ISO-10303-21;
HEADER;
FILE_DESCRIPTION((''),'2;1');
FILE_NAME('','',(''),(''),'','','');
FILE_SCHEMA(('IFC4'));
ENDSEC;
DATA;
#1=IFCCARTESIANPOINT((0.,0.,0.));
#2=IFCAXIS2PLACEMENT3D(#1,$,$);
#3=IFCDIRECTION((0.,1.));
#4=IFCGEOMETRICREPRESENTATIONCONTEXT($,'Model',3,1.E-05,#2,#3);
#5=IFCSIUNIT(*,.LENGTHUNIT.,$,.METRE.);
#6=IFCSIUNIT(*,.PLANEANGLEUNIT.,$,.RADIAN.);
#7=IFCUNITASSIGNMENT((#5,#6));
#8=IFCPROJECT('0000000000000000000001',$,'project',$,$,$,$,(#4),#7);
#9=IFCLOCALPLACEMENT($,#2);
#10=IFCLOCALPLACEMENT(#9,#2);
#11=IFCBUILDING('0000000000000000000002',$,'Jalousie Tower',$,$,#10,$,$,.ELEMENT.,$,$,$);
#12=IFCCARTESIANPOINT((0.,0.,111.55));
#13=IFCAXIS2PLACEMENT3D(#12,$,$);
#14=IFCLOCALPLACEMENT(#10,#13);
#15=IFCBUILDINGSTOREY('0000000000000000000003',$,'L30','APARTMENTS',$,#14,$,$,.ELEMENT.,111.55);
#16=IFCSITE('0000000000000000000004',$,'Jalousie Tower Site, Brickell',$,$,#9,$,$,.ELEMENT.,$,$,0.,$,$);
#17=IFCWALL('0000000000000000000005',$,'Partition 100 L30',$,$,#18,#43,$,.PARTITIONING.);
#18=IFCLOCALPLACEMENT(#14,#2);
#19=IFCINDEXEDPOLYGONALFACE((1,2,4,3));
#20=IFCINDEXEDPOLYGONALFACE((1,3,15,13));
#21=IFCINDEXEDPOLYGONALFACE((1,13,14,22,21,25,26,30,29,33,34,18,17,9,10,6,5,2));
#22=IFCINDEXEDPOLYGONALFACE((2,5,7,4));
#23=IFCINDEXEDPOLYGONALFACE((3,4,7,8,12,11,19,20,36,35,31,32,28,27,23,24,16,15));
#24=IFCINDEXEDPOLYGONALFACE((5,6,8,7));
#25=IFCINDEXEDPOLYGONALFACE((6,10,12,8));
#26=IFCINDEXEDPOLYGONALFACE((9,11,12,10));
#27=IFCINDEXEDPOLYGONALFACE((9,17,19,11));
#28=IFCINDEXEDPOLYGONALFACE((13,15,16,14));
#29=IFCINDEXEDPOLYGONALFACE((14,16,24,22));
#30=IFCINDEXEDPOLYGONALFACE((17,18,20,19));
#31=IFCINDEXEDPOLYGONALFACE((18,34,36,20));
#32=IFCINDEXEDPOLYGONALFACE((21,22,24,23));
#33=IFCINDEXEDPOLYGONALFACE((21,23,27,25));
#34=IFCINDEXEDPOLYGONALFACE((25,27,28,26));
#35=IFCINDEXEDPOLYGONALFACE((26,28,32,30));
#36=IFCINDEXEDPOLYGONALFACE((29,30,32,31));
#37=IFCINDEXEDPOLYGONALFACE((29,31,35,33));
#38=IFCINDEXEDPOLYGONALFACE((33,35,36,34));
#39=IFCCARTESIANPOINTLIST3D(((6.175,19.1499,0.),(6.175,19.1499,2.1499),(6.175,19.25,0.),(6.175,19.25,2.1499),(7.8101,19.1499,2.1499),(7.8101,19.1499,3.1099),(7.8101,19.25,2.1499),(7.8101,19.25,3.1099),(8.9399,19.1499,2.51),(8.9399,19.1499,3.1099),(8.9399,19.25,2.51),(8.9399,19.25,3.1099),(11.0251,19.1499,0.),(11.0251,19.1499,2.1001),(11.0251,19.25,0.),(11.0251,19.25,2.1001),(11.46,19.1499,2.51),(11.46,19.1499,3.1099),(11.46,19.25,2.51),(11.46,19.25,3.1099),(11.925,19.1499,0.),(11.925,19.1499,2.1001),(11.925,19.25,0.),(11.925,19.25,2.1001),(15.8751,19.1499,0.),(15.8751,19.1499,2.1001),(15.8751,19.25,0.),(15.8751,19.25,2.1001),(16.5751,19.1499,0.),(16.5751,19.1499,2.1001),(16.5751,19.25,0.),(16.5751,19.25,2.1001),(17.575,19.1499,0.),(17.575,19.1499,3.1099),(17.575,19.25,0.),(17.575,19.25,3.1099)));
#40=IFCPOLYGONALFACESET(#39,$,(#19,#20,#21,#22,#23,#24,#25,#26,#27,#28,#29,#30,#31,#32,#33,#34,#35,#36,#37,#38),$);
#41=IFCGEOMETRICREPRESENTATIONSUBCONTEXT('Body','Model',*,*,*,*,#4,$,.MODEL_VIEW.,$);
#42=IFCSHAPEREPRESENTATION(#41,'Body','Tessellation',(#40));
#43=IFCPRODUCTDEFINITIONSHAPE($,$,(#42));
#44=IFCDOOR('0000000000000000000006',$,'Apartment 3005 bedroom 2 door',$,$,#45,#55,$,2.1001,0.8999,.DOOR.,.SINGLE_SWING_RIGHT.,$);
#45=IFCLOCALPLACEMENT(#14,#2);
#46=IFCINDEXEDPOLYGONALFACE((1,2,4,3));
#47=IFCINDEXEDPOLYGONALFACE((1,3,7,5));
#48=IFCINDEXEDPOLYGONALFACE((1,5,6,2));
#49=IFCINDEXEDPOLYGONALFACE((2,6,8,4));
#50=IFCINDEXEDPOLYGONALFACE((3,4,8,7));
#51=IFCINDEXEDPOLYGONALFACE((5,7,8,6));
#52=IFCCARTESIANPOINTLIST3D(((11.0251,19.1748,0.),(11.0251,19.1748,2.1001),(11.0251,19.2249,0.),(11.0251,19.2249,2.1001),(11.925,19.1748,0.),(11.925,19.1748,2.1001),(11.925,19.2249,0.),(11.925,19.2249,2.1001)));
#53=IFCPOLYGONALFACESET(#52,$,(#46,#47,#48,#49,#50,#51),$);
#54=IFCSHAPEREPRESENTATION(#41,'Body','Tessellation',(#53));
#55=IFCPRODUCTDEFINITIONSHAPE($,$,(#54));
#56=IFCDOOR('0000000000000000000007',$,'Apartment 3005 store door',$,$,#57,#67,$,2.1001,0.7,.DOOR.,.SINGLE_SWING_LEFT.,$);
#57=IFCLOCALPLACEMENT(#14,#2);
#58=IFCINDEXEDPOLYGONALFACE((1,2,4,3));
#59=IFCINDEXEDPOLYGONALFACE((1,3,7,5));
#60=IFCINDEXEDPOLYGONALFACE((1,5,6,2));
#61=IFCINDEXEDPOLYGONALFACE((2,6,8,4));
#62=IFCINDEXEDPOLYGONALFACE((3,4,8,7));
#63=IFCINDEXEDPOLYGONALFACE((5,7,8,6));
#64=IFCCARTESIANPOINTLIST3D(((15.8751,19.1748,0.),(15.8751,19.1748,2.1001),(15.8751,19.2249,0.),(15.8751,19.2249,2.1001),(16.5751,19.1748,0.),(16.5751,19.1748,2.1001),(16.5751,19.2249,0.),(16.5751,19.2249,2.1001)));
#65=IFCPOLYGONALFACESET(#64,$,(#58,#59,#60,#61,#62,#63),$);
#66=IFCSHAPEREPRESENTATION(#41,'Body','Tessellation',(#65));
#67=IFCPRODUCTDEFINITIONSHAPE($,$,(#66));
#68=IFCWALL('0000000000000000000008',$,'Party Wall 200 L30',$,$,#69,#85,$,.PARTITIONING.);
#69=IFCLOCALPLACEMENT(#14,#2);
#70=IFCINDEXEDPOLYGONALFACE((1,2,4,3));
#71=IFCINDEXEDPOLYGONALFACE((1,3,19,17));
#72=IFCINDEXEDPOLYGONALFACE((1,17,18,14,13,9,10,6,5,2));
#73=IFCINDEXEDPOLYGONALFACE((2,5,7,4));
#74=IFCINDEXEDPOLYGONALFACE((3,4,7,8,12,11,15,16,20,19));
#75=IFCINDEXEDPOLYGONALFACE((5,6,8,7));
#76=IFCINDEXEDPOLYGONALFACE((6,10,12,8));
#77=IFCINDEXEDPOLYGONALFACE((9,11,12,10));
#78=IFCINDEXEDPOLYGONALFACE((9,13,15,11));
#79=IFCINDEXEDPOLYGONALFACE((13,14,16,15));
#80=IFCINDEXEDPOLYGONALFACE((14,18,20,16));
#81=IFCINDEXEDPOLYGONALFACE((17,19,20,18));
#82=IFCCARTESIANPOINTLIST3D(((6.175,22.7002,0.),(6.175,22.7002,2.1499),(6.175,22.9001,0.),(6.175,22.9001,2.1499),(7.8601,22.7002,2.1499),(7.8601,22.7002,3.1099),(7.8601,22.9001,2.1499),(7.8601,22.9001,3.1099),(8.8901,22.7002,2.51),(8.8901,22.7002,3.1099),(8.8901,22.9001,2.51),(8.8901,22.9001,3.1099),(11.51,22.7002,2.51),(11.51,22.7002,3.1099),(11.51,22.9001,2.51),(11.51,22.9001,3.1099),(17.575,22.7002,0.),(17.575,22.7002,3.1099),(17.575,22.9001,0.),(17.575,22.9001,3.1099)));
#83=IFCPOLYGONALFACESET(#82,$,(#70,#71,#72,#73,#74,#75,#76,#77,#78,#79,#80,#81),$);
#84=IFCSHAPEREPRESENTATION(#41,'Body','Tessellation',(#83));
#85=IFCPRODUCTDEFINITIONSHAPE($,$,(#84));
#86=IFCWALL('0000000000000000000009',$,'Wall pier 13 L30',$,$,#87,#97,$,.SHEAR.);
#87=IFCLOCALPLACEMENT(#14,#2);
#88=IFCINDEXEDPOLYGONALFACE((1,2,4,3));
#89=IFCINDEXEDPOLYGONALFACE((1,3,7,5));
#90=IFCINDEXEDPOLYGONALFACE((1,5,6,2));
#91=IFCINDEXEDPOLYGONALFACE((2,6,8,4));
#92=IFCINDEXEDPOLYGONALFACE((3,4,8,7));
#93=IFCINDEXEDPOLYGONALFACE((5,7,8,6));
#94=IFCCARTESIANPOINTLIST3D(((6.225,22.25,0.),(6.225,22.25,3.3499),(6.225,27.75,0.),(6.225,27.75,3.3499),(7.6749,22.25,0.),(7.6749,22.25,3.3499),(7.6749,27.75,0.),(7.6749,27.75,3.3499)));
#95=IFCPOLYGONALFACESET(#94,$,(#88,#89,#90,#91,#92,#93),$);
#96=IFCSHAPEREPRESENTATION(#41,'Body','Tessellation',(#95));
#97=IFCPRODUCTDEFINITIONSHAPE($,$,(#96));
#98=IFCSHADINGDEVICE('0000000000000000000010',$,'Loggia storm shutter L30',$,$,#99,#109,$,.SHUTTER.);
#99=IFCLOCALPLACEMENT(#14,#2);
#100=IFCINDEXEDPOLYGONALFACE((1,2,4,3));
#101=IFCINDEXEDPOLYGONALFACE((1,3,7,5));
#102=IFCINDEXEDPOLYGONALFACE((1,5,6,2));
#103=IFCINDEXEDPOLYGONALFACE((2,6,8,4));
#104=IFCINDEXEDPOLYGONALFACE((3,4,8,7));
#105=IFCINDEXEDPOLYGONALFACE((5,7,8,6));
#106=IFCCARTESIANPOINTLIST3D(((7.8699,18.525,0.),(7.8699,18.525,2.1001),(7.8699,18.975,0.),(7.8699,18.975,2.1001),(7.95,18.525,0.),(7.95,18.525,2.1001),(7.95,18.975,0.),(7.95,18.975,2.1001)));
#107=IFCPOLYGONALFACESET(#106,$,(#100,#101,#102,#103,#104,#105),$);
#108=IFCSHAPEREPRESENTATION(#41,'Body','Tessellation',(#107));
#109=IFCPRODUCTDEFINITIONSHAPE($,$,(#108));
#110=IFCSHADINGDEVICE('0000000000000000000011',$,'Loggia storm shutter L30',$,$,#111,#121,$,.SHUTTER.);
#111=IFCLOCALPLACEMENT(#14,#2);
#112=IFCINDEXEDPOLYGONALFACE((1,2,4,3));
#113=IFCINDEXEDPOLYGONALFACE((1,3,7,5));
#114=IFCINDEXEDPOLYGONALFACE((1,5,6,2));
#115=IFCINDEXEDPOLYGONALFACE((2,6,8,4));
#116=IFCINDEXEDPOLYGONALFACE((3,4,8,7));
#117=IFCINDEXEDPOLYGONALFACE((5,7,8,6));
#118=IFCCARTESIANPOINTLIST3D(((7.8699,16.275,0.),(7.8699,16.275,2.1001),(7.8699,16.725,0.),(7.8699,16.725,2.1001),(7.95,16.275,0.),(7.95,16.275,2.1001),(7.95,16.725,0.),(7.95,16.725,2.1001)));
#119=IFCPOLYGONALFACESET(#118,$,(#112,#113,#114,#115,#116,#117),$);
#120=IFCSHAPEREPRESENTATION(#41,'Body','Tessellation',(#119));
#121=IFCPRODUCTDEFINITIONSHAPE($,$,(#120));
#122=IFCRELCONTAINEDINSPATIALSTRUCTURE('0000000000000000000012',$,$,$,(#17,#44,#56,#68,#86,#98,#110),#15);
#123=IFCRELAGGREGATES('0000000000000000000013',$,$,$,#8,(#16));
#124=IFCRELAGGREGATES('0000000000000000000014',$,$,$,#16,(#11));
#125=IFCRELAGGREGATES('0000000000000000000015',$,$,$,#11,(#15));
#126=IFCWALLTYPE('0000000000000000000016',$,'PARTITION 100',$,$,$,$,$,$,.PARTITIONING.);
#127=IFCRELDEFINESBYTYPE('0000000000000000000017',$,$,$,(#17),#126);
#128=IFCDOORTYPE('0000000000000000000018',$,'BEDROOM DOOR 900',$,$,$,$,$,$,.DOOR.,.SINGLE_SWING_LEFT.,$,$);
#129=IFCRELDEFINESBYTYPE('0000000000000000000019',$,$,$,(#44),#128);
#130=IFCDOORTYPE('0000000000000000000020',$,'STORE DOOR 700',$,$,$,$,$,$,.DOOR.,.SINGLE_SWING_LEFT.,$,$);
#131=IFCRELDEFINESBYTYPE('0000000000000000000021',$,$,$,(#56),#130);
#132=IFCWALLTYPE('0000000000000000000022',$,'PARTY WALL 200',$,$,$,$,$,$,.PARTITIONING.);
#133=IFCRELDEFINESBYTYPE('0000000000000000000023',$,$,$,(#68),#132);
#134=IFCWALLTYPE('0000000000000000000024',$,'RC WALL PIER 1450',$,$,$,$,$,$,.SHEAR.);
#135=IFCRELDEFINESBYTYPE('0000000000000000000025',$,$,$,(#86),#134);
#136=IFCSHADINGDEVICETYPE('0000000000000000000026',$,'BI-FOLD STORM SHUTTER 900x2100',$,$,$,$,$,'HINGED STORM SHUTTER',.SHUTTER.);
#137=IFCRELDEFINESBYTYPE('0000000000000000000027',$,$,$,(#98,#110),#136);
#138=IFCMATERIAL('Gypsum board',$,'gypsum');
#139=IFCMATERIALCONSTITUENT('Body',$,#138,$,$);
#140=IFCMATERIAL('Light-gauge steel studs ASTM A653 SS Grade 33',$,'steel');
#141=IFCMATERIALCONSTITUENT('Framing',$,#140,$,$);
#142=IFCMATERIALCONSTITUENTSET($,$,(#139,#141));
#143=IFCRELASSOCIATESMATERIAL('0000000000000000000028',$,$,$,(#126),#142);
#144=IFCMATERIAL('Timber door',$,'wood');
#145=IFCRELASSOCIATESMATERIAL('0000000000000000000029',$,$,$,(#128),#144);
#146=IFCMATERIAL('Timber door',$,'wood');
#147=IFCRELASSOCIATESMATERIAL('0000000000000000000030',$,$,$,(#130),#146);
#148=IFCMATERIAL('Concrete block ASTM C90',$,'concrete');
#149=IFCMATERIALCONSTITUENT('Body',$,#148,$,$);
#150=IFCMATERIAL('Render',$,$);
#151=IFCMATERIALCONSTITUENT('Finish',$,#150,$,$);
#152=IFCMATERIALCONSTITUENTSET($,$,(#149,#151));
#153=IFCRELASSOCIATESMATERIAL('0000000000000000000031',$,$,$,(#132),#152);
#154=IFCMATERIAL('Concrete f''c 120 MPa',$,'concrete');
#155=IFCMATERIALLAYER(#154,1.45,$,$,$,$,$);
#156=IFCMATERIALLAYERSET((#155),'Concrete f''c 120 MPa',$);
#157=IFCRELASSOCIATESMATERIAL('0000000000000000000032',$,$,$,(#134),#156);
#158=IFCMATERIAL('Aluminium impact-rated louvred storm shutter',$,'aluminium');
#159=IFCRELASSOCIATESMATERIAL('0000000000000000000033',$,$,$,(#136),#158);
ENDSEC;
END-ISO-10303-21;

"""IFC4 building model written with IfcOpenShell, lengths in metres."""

from ifc_helpers import new_model, si_unit, direction, frame, frame_2d, origin, origin_2d, place, context, subcontext, project, spatial, polyline, rectangle, outline, extrude, material, layer, layer_set, constituent, constituent_set, type_object, element, fill, save


model = new_model("IFC4")

# Units and contexts
model_context = context("Model", 3, precision=1e-05, world=origin(), true_north=direction((0.0, 1.0)))
body_context = subcontext(model_context, "Body", "Model", "MODEL_VIEW")
ifc_project = project(units=[si_unit("LENGTHUNIT", "METRE"), si_unit("PLANEANGLEUNIT", "RADIAN")], contexts=[model_context])

# Site, building, storey
site_placement = place(None, origin())
site = spatial("IfcSite", under=ifc_project, at=site_placement, Name="Jalousie Tower Site, Brickell", CompositionType="ELEMENT", RefElevation=0.0)
building_placement = place(site_placement, origin())
building = spatial("IfcBuilding", under=site, at=building_placement, Name="Jalousie Tower", CompositionType="ELEMENT")
storey_placement = place(building_placement, frame((0.0, 0.0, 111.55)))
storey = spatial("IfcBuildingStorey", under=building, at=storey_placement, Name="L30", Description="APARTMENTS", CompositionType="ELEMENT", Elevation=111.55)

# Wall, openings, doors
ifc_material_1 = material(Name="Gypsum board", Category="gypsum")
ifc_constituent_1 = constituent(ifc_material_1, Name="Body")
ifc_material_2 = material(Name="Light-gauge steel studs ASTM A653 SS Grade 33", Category="steel")
ifc_constituent_2 = constituent(ifc_material_2, Name="Framing")
ifc_constituent_set_1 = constituent_set(constituents=[ifc_constituent_1, ifc_constituent_2])
wall_type_1 = type_object("IfcWallType", Name="PARTITION 100", PredefinedType="PARTITIONING", material=ifc_constituent_set_1)
wall_1_placement = place(storey_placement, frame((6.175, 19.2, 0.0), z_axis=(0.0, 0.0, 1.0), x_axis=(1.0, 0.0, 0.0)))
wall_1 = element("IfcWall", 1, at=wall_1_placement, inside=storey, type_object=wall_type_1, Name="Partition 100 L30", PredefinedType="PARTITIONING", context=body_context, shape_type="SweptSolid", body=[
    extrude(outline(polyline([(0.0, 0.0), (11.3999, 0.0), (11.3999, 3.1099), (5.2849, 3.1099), (5.2849, 2.51), (2.7649, 2.51), (2.7649, 3.1099), (1.635, 3.1099), (1.635, 2.1499), (0.0, 2.1499), (0.0, 3.1099), (0.0, 0.0)])), frame((0.0, 0.05, 0.0), z_axis=(0.0, -1.0, 0.0), x_axis=(1.0, 0.0, 0.0)), (0.0, 0.0, 1.0), 0.1001),
])
opening_1_placement = place(wall_1_placement, frame((4.8501, 0.0, 0.0)))
opening_1 = element("IfcOpeningElement", 2, at=opening_1_placement, cuts=wall_1, PredefinedType="OPENING", context=body_context, shape_type="SweptSolid", body=[
    extrude(rectangle(XDim=0.8999, YDim=2.1001, at=frame_2d((0.45, 1.05))), frame((0.0, 0.0601, 0.0), z_axis=(0.0, -1.0, 0.0), x_axis=(1.0, 0.0, 0.0)), (0.0, 0.0, 1.0), 0.1201),
])
opening_2_placement = place(wall_1_placement, frame((9.7, 0.0, 0.0)))
opening_2 = element("IfcOpeningElement", 3, at=opening_2_placement, cuts=wall_1, PredefinedType="OPENING", context=body_context, shape_type="SweptSolid", body=[
    extrude(rectangle(XDim=0.7, YDim=2.1001, at=frame_2d((0.3501, 1.05))), frame((0.0, 0.0601, 0.0), z_axis=(0.0, -1.0, 0.0), x_axis=(1.0, 0.0, 0.0)), (0.0, 0.0, 1.0), 0.1201),
])
ifc_material_3 = material(Name="Timber door", Category="wood")
door_type_1 = type_object("IfcDoorType", Name="BEDROOM DOOR 900", OperationType="SINGLE_SWING_LEFT", PredefinedType="DOOR", material=ifc_material_3)
door_1_placement = place(opening_1_placement, origin())
door_1 = element("IfcDoor", 4, at=door_1_placement, inside=storey, type_object=door_type_1, Name="Apartment 3005 bedroom 2 door", OperationType="SINGLE_SWING_RIGHT", OverallHeight=2.1001, OverallWidth=0.8999, PredefinedType="DOOR", context=body_context, shape_type="SweptSolid", body=[
    extrude(rectangle(XDim=0.8999, YDim=2.1001, at=frame_2d((0.45, 1.05))), frame((0.0, 0.0249, 0.0), z_axis=(0.0, -1.0, 0.0), x_axis=(1.0, 0.0, 0.0)), (0.0, 0.0, 1.0), 0.05),
])
fill(opening_1, door_1)
ifc_material_4 = material(Name="Timber door", Category="wood")
door_type_2 = type_object("IfcDoorType", Name="STORE DOOR 700", OperationType="SINGLE_SWING_LEFT", PredefinedType="DOOR", material=ifc_material_4)
door_2_placement = place(opening_2_placement, origin())
door_2 = element("IfcDoor", 5, at=door_2_placement, inside=storey, type_object=door_type_2, Name="Apartment 3005 store door", OperationType="SINGLE_SWING_LEFT", OverallHeight=2.1001, OverallWidth=0.7, PredefinedType="DOOR", context=body_context, shape_type="SweptSolid", body=[
    extrude(rectangle(XDim=0.7, YDim=2.1001, at=frame_2d((0.3501, 1.05))), frame((0.0, 0.0249, 0.0), z_axis=(0.0, -1.0, 0.0), x_axis=(1.0, 0.0, 0.0)), (0.0, 0.0, 1.0), 0.05),
])
fill(opening_2, door_2)

# Walls
ifc_material_5 = material(Name="Concrete block ASTM C90", Category="concrete")
ifc_constituent_3 = constituent(ifc_material_5, Name="Body")
ifc_material_6 = material(Name="Render")
ifc_constituent_4 = constituent(ifc_material_6, Name="Finish")
ifc_constituent_set_2 = constituent_set(constituents=[ifc_constituent_3, ifc_constituent_4])
wall_type_2 = type_object("IfcWallType", Name="PARTY WALL 200", PredefinedType="PARTITIONING", material=ifc_constituent_set_2)
wall_2_placement = place(storey_placement, frame((6.175, 22.8, 0.0), z_axis=(0.0, 0.0, 1.0), x_axis=(1.0, 0.0, 0.0)))
element("IfcWall", 6, at=wall_2_placement, inside=storey, type_object=wall_type_2, Name="Party Wall 200 L30", PredefinedType="PARTITIONING", context=body_context, shape_type="SweptSolid", body=[
    extrude(outline(polyline([(0.0, 0.0), (11.3999, 0.0), (11.3999, 3.1099), (5.335, 3.1099), (5.335, 2.51), (2.7151, 2.51), (2.7151, 3.1099), (1.6851, 3.1099), (1.6851, 2.1499), (0.0, 2.1499), (0.0, 0.0)])), frame((0.0, 0.1001, 0.0), z_axis=(0.0, -1.0, 0.0), x_axis=(1.0, 0.0, 0.0)), (0.0, 0.0, 1.0), 0.2),
])
ifc_material_7 = material(Name="Concrete f'c 120 MPa", Category="concrete")
ifc_layer_1 = layer(ifc_material_7, 1.45)
ifc_layer_set_1 = layer_set([ifc_layer_1], Name="Concrete f'c 120 MPa")
wall_type_3 = type_object("IfcWallType", Name="RC WALL PIER 1450", PredefinedType="SHEAR", material=ifc_layer_set_1)
wall_3_placement = place(storey_placement, frame((6.95, 22.25, 0.0), z_axis=(0.0, 0.0, 1.0), x_axis=(0.0, 1.0, 0.0)))
element("IfcWall", 7, at=wall_3_placement, inside=storey, type_object=wall_type_3, Name="Wall pier 13 L30", PredefinedType="SHEAR", context=body_context, shape_type="SweptSolid", body=[
    extrude(rectangle(XDim=5.5, YDim=1.45, at=frame_2d((2.75, 0.0))), origin(), (0.0, 0.0, 1.0), 3.3499),
])

# Shading devices
ifc_material_8 = material(Name="Aluminium impact-rated louvred storm shutter", Category="aluminium")
shading_device_type_1 = type_object("IfcShadingDeviceType", Name="BI-FOLD STORM SHUTTER 900x2100", ElementType="HINGED STORM SHUTTER", PredefinedType="SHUTTER", material=ifc_material_8)
for number, where, z_axis, x_axis, name in (
    (8, (7.9099, 18.75, 0.0), (0.0, 0.0, 1.0), (0.0, -1.0, 0.0), "Loggia storm shutter L30"),
    (9, (7.9099, 16.5, 0.0), (0.0, 0.0, 1.0), (0.0, -1.0, 0.0), "Loggia storm shutter L30"),
):
    element("IfcShadingDevice", number, at=place(storey_placement, frame(where, z_axis=z_axis, x_axis=x_axis)), inside=storey, type_object=shading_device_type_1, Name=name, PredefinedType="SHUTTER", context=body_context, shape_type="SweptSolid", body=[
        extrude(rectangle(XDim=0.45, YDim=0.0801, at=origin_2d()), origin(), (0.0, 0.0, 1.0), 2.1001),
    ])

save(model, "model.ifc")
